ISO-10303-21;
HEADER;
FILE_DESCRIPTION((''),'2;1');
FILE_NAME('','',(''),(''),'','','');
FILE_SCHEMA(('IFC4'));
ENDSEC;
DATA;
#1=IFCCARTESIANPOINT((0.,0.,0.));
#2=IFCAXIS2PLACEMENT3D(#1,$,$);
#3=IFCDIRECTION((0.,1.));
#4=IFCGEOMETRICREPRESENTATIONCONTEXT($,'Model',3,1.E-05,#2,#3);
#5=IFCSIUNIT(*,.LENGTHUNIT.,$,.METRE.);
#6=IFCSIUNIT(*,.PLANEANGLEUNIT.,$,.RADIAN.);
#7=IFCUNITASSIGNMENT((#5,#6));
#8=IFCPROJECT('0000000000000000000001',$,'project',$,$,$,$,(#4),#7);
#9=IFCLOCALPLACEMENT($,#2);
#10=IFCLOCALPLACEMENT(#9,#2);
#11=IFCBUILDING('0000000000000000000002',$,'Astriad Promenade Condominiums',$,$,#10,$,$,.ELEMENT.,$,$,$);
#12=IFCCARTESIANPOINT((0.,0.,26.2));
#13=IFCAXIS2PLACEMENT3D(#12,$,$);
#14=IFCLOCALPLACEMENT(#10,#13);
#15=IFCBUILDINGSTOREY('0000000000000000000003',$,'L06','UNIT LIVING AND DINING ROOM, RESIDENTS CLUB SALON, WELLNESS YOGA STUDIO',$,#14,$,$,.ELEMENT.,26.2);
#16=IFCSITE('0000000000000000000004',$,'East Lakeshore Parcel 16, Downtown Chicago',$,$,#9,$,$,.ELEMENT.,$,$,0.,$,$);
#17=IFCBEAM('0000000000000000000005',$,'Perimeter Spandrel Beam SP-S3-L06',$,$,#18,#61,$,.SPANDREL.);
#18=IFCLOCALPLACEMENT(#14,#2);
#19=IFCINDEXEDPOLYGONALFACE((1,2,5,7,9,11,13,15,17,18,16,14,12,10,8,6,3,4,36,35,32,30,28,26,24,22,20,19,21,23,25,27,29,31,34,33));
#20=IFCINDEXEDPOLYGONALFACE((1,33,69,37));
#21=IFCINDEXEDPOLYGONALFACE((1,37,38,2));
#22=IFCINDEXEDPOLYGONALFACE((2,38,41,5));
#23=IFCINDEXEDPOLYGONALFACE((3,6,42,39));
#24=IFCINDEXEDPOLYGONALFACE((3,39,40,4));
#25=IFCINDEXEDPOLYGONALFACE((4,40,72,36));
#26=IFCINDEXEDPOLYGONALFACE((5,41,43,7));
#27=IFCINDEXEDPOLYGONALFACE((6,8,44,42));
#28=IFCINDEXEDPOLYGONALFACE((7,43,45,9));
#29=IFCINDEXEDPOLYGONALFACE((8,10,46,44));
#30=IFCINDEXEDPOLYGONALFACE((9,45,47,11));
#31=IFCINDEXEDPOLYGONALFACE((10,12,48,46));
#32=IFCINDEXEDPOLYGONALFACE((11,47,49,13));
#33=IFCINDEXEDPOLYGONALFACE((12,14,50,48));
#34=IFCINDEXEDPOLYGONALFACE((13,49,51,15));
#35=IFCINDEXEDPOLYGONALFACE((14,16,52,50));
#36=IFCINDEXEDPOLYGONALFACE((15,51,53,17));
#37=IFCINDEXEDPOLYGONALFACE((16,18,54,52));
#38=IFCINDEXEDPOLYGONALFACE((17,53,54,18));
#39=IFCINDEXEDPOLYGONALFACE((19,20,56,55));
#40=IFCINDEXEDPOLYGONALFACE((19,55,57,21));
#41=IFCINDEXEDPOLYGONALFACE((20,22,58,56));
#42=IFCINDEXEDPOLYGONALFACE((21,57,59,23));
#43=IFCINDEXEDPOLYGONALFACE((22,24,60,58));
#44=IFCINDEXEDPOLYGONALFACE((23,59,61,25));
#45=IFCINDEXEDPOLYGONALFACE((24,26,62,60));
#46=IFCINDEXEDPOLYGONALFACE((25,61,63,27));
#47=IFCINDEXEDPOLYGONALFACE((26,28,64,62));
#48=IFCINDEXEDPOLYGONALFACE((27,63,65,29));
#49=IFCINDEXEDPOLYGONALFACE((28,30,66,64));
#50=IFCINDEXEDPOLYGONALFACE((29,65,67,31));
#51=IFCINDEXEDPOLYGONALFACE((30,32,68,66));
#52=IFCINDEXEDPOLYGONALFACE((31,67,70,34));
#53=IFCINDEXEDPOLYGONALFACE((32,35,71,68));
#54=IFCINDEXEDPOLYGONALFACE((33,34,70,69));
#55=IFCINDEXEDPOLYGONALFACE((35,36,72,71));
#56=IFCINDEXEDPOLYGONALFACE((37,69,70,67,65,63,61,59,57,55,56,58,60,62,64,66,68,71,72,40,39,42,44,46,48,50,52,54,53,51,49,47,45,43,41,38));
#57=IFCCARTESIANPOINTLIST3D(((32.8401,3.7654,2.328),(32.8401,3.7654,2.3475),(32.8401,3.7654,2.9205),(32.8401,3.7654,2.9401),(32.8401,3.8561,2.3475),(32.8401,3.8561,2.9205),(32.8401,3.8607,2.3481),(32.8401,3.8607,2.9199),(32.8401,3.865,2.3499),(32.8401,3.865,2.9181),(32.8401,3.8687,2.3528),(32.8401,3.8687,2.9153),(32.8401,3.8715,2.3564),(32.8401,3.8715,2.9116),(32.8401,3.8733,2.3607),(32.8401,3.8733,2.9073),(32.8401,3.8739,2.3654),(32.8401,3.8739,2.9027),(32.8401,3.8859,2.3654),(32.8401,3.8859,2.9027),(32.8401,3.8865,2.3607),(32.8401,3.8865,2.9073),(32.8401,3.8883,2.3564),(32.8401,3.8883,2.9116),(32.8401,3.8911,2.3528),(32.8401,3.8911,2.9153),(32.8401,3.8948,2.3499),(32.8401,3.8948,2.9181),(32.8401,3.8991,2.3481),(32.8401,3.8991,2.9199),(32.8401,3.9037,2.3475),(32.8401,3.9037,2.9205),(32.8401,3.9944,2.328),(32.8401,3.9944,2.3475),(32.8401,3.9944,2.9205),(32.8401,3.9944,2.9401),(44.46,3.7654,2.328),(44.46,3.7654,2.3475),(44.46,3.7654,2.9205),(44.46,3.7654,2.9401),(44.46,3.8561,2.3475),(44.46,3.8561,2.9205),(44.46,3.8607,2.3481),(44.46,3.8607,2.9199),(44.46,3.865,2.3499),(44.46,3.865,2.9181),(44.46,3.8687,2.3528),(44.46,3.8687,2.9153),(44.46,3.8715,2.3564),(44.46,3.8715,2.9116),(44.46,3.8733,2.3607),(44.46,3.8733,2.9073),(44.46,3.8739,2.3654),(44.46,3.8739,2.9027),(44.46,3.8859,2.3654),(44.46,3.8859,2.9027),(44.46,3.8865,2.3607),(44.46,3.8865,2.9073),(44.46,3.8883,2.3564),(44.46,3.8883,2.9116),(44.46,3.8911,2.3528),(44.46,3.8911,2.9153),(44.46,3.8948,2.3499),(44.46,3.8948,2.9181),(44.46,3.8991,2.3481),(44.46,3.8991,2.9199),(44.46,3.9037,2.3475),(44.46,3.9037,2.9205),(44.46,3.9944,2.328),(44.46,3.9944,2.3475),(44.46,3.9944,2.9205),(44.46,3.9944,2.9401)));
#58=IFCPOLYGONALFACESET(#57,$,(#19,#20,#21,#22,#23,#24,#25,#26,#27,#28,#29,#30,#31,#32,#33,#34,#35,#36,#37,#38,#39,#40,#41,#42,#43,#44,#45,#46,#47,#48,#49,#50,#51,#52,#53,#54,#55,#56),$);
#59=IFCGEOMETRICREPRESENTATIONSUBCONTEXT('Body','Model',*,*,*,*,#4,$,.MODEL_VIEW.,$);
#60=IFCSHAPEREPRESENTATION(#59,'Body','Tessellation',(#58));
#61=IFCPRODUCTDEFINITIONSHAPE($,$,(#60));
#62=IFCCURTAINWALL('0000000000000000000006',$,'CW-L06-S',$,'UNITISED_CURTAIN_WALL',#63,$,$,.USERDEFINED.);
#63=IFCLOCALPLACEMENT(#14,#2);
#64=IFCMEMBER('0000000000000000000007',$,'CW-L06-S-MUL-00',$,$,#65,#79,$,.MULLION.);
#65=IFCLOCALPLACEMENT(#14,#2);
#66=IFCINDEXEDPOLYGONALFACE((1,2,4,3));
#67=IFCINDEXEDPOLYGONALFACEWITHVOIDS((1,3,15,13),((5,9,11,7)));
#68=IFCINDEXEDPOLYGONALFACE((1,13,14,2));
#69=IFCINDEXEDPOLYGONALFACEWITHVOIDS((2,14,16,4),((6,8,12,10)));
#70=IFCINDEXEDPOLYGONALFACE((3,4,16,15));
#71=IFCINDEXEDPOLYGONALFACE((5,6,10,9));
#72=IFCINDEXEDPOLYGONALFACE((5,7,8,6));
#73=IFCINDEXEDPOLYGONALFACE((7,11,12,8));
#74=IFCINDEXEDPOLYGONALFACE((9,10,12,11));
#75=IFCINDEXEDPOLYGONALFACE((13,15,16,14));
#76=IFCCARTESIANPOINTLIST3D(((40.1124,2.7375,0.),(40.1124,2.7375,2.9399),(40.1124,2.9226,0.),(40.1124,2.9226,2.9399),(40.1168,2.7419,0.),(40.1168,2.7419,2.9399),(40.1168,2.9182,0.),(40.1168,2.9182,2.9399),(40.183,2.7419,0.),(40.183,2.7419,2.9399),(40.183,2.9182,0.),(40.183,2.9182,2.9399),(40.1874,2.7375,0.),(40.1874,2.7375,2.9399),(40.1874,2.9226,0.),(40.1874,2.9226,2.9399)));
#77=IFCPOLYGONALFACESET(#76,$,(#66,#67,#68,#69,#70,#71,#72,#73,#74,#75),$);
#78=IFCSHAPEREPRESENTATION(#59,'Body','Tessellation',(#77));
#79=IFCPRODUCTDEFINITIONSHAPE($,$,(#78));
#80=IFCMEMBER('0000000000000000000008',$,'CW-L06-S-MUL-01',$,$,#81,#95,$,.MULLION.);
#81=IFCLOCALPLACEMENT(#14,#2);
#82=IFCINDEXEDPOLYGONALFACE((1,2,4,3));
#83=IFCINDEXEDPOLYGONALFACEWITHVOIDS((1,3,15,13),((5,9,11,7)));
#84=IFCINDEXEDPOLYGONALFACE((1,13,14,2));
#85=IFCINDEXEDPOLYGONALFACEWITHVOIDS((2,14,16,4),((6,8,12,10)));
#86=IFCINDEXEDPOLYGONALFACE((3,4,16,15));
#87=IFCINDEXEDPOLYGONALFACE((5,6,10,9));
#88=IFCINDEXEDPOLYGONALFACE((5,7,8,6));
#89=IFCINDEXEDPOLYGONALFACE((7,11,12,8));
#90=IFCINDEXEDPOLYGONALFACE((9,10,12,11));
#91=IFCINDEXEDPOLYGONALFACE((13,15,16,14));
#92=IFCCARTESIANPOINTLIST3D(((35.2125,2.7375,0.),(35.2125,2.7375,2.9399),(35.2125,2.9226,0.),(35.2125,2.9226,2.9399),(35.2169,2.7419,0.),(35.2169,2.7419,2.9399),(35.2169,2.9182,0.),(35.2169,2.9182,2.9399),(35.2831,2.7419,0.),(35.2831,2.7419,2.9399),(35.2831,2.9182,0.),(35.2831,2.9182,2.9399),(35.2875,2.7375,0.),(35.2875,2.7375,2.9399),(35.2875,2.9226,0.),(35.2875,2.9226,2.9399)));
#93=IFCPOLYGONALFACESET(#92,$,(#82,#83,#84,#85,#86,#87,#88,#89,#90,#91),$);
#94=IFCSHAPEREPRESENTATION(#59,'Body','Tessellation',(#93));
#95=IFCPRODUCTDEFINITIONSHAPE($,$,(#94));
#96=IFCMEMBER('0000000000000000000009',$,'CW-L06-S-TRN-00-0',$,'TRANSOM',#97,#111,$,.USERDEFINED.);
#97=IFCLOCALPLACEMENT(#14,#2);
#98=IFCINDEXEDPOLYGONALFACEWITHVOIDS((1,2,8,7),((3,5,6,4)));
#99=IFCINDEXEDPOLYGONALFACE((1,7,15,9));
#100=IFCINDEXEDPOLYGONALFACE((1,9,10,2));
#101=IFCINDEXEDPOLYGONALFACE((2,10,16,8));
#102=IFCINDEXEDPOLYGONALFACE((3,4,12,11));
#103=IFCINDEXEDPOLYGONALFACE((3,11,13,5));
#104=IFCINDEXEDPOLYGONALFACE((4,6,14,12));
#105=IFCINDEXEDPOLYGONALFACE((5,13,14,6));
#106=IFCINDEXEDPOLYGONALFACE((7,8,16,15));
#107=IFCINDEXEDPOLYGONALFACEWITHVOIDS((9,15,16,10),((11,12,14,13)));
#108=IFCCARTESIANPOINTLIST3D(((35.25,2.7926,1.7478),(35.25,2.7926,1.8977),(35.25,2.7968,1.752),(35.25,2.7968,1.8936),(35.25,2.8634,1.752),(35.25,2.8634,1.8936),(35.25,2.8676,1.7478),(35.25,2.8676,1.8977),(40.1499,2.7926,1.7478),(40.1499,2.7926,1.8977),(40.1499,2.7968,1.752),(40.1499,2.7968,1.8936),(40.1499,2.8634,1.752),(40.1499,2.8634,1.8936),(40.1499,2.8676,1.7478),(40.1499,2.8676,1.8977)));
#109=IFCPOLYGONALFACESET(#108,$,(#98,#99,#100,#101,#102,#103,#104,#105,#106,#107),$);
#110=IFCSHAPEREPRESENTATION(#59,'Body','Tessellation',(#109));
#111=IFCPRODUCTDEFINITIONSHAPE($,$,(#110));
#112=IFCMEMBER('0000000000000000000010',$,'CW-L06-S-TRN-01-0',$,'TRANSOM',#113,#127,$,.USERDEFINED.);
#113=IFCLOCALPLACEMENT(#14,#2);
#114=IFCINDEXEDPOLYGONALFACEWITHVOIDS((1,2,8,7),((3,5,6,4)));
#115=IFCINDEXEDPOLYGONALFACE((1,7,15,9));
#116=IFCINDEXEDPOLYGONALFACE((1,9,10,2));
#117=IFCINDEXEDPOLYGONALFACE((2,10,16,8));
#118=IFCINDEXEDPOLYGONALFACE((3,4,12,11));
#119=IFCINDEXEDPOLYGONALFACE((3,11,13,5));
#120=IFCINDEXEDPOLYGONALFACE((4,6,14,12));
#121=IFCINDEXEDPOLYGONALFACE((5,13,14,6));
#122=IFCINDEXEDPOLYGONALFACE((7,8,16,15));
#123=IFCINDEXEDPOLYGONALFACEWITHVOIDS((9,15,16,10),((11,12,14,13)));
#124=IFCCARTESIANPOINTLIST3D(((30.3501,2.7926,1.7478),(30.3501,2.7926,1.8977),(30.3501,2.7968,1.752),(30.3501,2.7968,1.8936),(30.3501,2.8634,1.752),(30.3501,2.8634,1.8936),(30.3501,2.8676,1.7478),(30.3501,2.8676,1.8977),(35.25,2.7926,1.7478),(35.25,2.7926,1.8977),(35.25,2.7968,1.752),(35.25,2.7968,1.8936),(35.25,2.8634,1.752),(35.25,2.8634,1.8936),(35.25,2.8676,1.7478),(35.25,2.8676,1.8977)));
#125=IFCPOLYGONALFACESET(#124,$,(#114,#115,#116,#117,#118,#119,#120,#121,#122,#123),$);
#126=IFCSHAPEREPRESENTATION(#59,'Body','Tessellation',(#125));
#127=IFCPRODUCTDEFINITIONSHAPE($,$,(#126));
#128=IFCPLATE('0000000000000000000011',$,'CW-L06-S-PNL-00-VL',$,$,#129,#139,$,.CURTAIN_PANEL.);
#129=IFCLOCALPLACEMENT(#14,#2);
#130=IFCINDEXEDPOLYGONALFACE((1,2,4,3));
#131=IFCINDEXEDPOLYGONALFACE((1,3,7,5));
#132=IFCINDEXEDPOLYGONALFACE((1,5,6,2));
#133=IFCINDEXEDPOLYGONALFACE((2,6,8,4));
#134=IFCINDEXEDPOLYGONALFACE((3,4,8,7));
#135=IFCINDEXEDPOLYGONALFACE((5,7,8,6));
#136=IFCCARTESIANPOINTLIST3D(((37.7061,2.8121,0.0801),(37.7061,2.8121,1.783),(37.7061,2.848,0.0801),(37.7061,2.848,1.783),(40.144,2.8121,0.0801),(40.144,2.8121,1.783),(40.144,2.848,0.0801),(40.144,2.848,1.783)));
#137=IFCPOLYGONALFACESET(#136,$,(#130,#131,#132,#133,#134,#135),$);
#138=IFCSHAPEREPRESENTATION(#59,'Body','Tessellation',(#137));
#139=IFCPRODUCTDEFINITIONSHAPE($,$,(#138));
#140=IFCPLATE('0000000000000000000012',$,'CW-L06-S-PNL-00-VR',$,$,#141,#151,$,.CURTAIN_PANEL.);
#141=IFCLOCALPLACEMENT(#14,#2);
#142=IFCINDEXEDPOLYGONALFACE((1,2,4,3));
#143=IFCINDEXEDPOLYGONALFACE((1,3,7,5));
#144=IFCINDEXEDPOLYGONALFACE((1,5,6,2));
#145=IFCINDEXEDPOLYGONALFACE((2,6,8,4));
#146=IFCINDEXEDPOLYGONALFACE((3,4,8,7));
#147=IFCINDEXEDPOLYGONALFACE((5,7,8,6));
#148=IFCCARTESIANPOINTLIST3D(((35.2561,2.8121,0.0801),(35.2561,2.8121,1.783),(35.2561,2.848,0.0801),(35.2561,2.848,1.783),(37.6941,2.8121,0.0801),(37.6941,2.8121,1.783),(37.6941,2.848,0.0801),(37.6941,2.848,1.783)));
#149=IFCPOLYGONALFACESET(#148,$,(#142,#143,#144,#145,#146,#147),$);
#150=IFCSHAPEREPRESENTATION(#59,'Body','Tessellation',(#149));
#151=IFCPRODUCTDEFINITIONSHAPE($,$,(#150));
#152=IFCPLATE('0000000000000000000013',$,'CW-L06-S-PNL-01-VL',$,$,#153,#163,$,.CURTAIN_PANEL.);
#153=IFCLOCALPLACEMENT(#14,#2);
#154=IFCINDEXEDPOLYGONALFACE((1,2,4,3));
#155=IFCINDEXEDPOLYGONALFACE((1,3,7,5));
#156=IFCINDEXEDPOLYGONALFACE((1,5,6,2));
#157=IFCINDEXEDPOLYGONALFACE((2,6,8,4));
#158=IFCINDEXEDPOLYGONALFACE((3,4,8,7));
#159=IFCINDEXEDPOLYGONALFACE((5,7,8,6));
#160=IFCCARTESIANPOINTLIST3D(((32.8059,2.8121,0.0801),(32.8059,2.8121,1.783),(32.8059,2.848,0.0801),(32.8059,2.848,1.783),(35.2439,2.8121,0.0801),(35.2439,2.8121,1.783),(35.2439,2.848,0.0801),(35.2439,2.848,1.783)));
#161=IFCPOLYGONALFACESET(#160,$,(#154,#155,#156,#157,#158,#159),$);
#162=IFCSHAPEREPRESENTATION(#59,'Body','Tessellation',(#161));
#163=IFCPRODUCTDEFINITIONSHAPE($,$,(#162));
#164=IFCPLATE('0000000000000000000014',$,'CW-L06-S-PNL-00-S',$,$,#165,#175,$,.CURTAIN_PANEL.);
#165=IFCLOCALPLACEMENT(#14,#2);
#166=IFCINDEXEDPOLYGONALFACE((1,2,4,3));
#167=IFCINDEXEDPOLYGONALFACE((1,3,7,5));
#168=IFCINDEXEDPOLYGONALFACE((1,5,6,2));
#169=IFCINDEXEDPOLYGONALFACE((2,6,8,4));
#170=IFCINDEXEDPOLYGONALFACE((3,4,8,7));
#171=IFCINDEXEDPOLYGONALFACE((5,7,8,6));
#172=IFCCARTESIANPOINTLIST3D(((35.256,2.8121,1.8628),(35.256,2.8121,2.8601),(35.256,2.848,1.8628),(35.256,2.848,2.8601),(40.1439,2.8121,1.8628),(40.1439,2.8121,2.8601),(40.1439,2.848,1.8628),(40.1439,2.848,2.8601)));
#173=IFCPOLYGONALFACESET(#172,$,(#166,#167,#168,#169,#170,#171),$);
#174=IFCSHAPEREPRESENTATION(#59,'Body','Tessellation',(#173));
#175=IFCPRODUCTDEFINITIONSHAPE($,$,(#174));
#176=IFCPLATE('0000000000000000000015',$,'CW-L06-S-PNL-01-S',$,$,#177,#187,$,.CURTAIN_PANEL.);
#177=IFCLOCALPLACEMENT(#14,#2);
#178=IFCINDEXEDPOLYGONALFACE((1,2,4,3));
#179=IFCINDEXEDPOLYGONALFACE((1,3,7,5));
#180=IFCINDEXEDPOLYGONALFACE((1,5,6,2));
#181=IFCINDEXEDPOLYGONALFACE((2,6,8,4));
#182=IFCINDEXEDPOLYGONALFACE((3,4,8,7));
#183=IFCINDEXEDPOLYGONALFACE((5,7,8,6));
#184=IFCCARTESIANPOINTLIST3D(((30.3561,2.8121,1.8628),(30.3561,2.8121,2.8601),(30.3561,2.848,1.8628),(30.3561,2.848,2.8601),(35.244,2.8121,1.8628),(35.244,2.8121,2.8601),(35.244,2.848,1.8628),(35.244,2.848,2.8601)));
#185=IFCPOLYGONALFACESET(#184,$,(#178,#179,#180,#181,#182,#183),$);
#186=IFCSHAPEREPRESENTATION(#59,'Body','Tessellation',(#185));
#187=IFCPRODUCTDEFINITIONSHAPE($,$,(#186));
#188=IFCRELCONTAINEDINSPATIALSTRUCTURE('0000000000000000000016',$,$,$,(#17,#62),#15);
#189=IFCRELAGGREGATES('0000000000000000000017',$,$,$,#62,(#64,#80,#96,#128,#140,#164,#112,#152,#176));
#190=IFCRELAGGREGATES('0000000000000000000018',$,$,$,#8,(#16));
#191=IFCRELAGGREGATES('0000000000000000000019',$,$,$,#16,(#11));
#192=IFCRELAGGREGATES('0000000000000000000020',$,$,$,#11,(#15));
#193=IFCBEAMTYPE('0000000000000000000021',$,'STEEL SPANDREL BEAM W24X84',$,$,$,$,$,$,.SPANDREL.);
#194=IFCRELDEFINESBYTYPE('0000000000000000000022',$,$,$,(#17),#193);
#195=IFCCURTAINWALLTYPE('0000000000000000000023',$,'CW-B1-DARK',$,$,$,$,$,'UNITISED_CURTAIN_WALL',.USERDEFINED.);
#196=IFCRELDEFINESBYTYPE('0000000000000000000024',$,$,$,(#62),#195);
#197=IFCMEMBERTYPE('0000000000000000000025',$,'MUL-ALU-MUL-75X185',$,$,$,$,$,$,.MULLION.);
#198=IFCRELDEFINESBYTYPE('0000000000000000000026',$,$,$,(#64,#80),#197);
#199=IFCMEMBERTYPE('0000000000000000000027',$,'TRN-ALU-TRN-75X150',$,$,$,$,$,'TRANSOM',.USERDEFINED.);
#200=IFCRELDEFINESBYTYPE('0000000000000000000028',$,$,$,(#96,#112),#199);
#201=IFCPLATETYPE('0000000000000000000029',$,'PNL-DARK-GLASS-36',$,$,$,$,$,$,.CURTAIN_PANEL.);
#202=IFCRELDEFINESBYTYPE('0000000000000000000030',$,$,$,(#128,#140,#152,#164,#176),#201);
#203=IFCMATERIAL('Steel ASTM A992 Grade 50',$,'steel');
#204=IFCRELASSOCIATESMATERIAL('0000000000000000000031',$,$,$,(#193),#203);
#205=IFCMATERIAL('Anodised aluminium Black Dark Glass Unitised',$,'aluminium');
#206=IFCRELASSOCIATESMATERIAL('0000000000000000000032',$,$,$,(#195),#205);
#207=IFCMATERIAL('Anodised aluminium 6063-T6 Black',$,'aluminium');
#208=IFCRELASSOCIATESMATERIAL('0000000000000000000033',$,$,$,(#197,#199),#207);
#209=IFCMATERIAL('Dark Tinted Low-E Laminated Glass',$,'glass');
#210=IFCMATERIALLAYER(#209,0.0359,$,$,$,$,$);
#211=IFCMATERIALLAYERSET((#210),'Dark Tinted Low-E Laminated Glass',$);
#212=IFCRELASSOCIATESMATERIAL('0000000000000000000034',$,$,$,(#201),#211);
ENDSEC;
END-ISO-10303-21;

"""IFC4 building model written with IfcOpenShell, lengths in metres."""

from ifc_helpers import new_model, si_unit, direction, frame, origin, origin_2d, place, context, subcontext, project, spatial, rectangle, hollow_rectangle, i_section, extrude, source, transform, mapped, material, layer, layer_set, material_profile, profile_set, type_object, type_shapes, element, aggregate, save


model = new_model("IFC4")

# Units and contexts
model_context = context("Model", 3, precision=1e-05, world=origin(), true_north=direction((0.0, 1.0)))
body_context = subcontext(model_context, "Body", "Model", "MODEL_VIEW")
ifc_project = project(units=[si_unit("LENGTHUNIT", "METRE"), si_unit("PLANEANGLEUNIT", "RADIAN")], contexts=[model_context])

# Site, building, storey
site_placement = place(None, origin())
site = spatial("IfcSite", under=ifc_project, at=site_placement, Name="East Lakeshore Parcel 16, Downtown Chicago", CompositionType="ELEMENT", RefElevation=0.0)
building_placement = place(site_placement, origin())
building = spatial("IfcBuilding", under=site, at=building_placement, Name="Astriad Promenade Condominiums", CompositionType="ELEMENT")
storey_placement = place(building_placement, frame((0.0, 0.0, 26.2)))
storey = spatial("IfcBuildingStorey", under=building, at=storey_placement, Name="L06", Description="UNIT LIVING AND DINING ROOM, RESIDENTS CLUB SALON, WELLNESS YOGA STUDIO", CompositionType="ELEMENT", Elevation=26.2)

# Beam
ifc_material_1 = material(Name="Steel ASTM A992 Grade 50", Category="steel")
ifc_material_profile_1 = material_profile(ifc_material_1, i_section(OverallWidth=0.229, OverallDepth=0.6121, WebThickness=0.012, FlangeThickness=0.0195, FilletRadius=0.0178, at=origin_2d()), Name="W24X84")
ifc_profile_set_1 = profile_set([ifc_material_profile_1], Name="Steel ASTM A992 Grade 50")
beam_type = type_object("IfcBeamType", Name="STEEL SPANDREL BEAM W24X84", PredefinedType="SPANDREL", material=ifc_profile_set_1)
shared_shape_1 = source(origin(), body_context, "Body", "SweptSolid", [
    extrude(i_section(OverallWidth=0.229, OverallDepth=0.6121, WebThickness=0.012, FlangeThickness=0.0195, FilletRadius=0.0178, at=origin_2d()), origin(), (0.0, 0.0, 1.0), 11.6199),
])
type_shapes(beam_type, [shared_shape_1])
beam_placement = place(storey_placement, frame((32.8401, 3.8799, 2.634), z_axis=(1.0, 0.0, 0.0), x_axis=(0.0, 1.0, 0.0)))
element("IfcBeam", 1, at=beam_placement, inside=storey, type_object=beam_type, Name="Perimeter Spandrel Beam SP-S3-L06", PredefinedType="SPANDREL", context=body_context, shape_type="MappedRepresentation", body=[
    mapped(shared_shape_1, transform((0.0, 0.0, 0.0), scale=1.0)),
])

# Curtain wall, members, plates
ifc_material_2 = material(Name="Anodised aluminium Black Dark Glass Unitised", Category="aluminium")
curtain_wall_type = type_object("IfcCurtainWallType", Name="CW-B1-DARK", ElementType="UNITISED_CURTAIN_WALL", PredefinedType="USERDEFINED", material=ifc_material_2)
curtain_wall_placement = place(storey_placement, origin())
curtain_wall = element("IfcCurtainWall", 2, at=curtain_wall_placement, inside=storey, type_object=curtain_wall_type, Name="CW-L06-S", ObjectType="UNITISED_CURTAIN_WALL", PredefinedType="USERDEFINED")
ifc_material_3 = material(Name="Anodised aluminium 6063-T6 Black", Category="aluminium")
ifc_material_profile_2 = material_profile(ifc_material_3, hollow_rectangle(XDim=0.075, YDim=0.1851, WallThickness=0.0044, at=origin_2d()), Name="ALU-MUL-75X185")
ifc_profile_set_2 = profile_set([ifc_material_profile_2], Name="Anodised aluminium 6063-T6 Black")
member_type_1 = type_object("IfcMemberType", Name="MUL-ALU-MUL-75X185", PredefinedType="MULLION", material=ifc_profile_set_2)
shared_shape_2 = source(origin(), body_context, "Body", "SweptSolid", [
    extrude(hollow_rectangle(XDim=0.075, YDim=0.1851, WallThickness=0.0044, at=origin_2d()), origin(), (0.0, 0.0, 1.0), 2.9399),
])
type_shapes(member_type_1, [shared_shape_2])
member_1_placement = place(storey_placement, frame((40.1499, 2.8301, 0.0), z_axis=(0.0, 0.0, 1.0), x_axis=(1.0, 0.0, 0.0)))
member_1 = element("IfcMember", 3, at=member_1_placement, type_object=member_type_1, Name="CW-L06-S-MUL-00", PredefinedType="MULLION", context=body_context, shape_type="MappedRepresentation", body=[
    mapped(shared_shape_2, transform((0.0, 0.0, 0.0), scale=1.0)),
])
member_2_placement = place(storey_placement, frame((35.25, 2.8301, 0.0), z_axis=(0.0, 0.0, 1.0), x_axis=(1.0, 0.0, 0.0)))
member_2 = element("IfcMember", 4, at=member_2_placement, type_object=member_type_1, Name="CW-L06-S-MUL-01", PredefinedType="MULLION", context=body_context, shape_type="MappedRepresentation", body=[
    mapped(shared_shape_2, transform((0.0, 0.0, 0.0), scale=1.0)),
])
ifc_material_profile_3 = material_profile(ifc_material_3, hollow_rectangle(XDim=0.075, YDim=0.1499, WallThickness=0.0042, at=origin_2d()), Name="ALU-TRN-75X150")
ifc_profile_set_3 = profile_set([ifc_material_profile_3], Name="Anodised aluminium 6063-T6 Black")
member_type_2 = type_object("IfcMemberType", Name="TRN-ALU-TRN-75X150", ElementType="TRANSOM", PredefinedType="USERDEFINED", material=ifc_profile_set_3)
shared_shape_3 = source(origin(), body_context, "Body", "SweptSolid", [
    extrude(hollow_rectangle(XDim=0.075, YDim=0.1499, WallThickness=0.0042, at=origin_2d()), origin(), (0.0, 0.0, 1.0), 4.8999),
])
type_shapes(member_type_2, [shared_shape_3])
member_3_placement = place(storey_placement, frame((40.1499, 2.8301, 1.8228), z_axis=(-1.0, 0.0, 0.0), x_axis=(0.0, -1.0, 0.0)))
member_3 = element("IfcMember", 5, at=member_3_placement, type_object=member_type_2, Name="CW-L06-S-TRN-00-0", ObjectType="TRANSOM", PredefinedType="USERDEFINED", context=body_context, shape_type="MappedRepresentation", body=[
    mapped(shared_shape_3, transform((0.0, 0.0, 0.0), scale=1.0)),
])
member_4_placement = place(storey_placement, frame((35.25, 2.8301, 1.8228), z_axis=(-1.0, 0.0, 0.0), x_axis=(0.0, -1.0, 0.0)))
member_4 = element("IfcMember", 6, at=member_4_placement, type_object=member_type_2, Name="CW-L06-S-TRN-01-0", ObjectType="TRANSOM", PredefinedType="USERDEFINED", context=body_context, shape_type="MappedRepresentation", body=[
    mapped(shared_shape_3, transform((0.0, 0.0, 0.0), scale=1.0)),
])
ifc_material_4 = material(Name="Dark Tinted Low-E Laminated Glass", Category="glass")
ifc_layer_1 = layer(ifc_material_4, 0.0359)
ifc_layer_set_1 = layer_set([ifc_layer_1], Name="Dark Tinted Low-E Laminated Glass")
plate_type = type_object("IfcPlateType", Name="PNL-DARK-GLASS-36", PredefinedType="CURTAIN_PANEL", material=ifc_layer_set_1)
shared_shape_4 = source(origin(), body_context, "Body", "SweptSolid", [
    extrude(rectangle(XDim=2.438, YDim=0.0359, at=origin_2d()), origin(), (0.0, 0.0, 1.0), 1.7029),
])
plate_1_placement = place(storey_placement, frame((38.925, 2.8301, 0.0801), z_axis=(0.0, 0.0, 1.0), x_axis=(-1.0, 0.0, 0.0)))
plate_1 = element("IfcPlate", 7, at=plate_1_placement, type_object=plate_type, Name="CW-L06-S-PNL-00-VL", PredefinedType="CURTAIN_PANEL", context=body_context, shape_type="MappedRepresentation", body=[
    mapped(shared_shape_4, transform((0.0, 0.0, 0.0), scale=1.0)),
])
plate_2_placement = place(storey_placement, frame((36.4751, 2.8301, 0.0801), z_axis=(0.0, 0.0, 1.0), x_axis=(-1.0, 0.0, 0.0)))
plate_2 = element("IfcPlate", 8, at=plate_2_placement, type_object=plate_type, Name="CW-L06-S-PNL-00-VR", PredefinedType="CURTAIN_PANEL", context=body_context, shape_type="MappedRepresentation", body=[
    mapped(shared_shape_4, transform((0.0, 0.0, 0.0), scale=1.0)),
])
plate_3_placement = place(storey_placement, frame((34.0249, 2.8301, 0.0801), z_axis=(0.0, 0.0, 1.0), x_axis=(-1.0, 0.0, 0.0)))
plate_3 = element("IfcPlate", 9, at=plate_3_placement, type_object=plate_type, Name="CW-L06-S-PNL-01-VL", PredefinedType="CURTAIN_PANEL", context=body_context, shape_type="MappedRepresentation", body=[
    mapped(shared_shape_4, transform((0.0, 0.0, 0.0), scale=1.0)),
])
shared_shape_5 = source(origin(), body_context, "Body", "SweptSolid", [
    extrude(rectangle(XDim=4.8879, YDim=0.0359, at=origin_2d()), origin(), (0.0, 0.0, 1.0), 0.9973),
])
type_shapes(plate_type, [shared_shape_4, shared_shape_5])
plate_4_placement = place(storey_placement, frame((37.7, 2.8301, 1.8628), z_axis=(0.0, 0.0, 1.0), x_axis=(-1.0, 0.0, 0.0)))
plate_4 = element("IfcPlate", 10, at=plate_4_placement, type_object=plate_type, Name="CW-L06-S-PNL-00-S", PredefinedType="CURTAIN_PANEL", context=body_context, shape_type="MappedRepresentation", body=[
    mapped(shared_shape_5, transform((0.0, 0.0, 0.0), scale=1.0)),
])
plate_5_placement = place(storey_placement, frame((32.8, 2.8301, 1.8628), z_axis=(0.0, 0.0, 1.0), x_axis=(-1.0, 0.0, 0.0)))
plate_5 = element("IfcPlate", 11, at=plate_5_placement, type_object=plate_type, Name="CW-L06-S-PNL-01-S", PredefinedType="CURTAIN_PANEL", context=body_context, shape_type="MappedRepresentation", body=[
    mapped(shared_shape_5, transform((0.0, 0.0, 0.0), scale=1.0)),
])
aggregate(curtain_wall, [member_1, member_2, member_3, plate_1, plate_2, plate_4, member_4, plate_3, plate_5])

save(model, "model.ifc")
